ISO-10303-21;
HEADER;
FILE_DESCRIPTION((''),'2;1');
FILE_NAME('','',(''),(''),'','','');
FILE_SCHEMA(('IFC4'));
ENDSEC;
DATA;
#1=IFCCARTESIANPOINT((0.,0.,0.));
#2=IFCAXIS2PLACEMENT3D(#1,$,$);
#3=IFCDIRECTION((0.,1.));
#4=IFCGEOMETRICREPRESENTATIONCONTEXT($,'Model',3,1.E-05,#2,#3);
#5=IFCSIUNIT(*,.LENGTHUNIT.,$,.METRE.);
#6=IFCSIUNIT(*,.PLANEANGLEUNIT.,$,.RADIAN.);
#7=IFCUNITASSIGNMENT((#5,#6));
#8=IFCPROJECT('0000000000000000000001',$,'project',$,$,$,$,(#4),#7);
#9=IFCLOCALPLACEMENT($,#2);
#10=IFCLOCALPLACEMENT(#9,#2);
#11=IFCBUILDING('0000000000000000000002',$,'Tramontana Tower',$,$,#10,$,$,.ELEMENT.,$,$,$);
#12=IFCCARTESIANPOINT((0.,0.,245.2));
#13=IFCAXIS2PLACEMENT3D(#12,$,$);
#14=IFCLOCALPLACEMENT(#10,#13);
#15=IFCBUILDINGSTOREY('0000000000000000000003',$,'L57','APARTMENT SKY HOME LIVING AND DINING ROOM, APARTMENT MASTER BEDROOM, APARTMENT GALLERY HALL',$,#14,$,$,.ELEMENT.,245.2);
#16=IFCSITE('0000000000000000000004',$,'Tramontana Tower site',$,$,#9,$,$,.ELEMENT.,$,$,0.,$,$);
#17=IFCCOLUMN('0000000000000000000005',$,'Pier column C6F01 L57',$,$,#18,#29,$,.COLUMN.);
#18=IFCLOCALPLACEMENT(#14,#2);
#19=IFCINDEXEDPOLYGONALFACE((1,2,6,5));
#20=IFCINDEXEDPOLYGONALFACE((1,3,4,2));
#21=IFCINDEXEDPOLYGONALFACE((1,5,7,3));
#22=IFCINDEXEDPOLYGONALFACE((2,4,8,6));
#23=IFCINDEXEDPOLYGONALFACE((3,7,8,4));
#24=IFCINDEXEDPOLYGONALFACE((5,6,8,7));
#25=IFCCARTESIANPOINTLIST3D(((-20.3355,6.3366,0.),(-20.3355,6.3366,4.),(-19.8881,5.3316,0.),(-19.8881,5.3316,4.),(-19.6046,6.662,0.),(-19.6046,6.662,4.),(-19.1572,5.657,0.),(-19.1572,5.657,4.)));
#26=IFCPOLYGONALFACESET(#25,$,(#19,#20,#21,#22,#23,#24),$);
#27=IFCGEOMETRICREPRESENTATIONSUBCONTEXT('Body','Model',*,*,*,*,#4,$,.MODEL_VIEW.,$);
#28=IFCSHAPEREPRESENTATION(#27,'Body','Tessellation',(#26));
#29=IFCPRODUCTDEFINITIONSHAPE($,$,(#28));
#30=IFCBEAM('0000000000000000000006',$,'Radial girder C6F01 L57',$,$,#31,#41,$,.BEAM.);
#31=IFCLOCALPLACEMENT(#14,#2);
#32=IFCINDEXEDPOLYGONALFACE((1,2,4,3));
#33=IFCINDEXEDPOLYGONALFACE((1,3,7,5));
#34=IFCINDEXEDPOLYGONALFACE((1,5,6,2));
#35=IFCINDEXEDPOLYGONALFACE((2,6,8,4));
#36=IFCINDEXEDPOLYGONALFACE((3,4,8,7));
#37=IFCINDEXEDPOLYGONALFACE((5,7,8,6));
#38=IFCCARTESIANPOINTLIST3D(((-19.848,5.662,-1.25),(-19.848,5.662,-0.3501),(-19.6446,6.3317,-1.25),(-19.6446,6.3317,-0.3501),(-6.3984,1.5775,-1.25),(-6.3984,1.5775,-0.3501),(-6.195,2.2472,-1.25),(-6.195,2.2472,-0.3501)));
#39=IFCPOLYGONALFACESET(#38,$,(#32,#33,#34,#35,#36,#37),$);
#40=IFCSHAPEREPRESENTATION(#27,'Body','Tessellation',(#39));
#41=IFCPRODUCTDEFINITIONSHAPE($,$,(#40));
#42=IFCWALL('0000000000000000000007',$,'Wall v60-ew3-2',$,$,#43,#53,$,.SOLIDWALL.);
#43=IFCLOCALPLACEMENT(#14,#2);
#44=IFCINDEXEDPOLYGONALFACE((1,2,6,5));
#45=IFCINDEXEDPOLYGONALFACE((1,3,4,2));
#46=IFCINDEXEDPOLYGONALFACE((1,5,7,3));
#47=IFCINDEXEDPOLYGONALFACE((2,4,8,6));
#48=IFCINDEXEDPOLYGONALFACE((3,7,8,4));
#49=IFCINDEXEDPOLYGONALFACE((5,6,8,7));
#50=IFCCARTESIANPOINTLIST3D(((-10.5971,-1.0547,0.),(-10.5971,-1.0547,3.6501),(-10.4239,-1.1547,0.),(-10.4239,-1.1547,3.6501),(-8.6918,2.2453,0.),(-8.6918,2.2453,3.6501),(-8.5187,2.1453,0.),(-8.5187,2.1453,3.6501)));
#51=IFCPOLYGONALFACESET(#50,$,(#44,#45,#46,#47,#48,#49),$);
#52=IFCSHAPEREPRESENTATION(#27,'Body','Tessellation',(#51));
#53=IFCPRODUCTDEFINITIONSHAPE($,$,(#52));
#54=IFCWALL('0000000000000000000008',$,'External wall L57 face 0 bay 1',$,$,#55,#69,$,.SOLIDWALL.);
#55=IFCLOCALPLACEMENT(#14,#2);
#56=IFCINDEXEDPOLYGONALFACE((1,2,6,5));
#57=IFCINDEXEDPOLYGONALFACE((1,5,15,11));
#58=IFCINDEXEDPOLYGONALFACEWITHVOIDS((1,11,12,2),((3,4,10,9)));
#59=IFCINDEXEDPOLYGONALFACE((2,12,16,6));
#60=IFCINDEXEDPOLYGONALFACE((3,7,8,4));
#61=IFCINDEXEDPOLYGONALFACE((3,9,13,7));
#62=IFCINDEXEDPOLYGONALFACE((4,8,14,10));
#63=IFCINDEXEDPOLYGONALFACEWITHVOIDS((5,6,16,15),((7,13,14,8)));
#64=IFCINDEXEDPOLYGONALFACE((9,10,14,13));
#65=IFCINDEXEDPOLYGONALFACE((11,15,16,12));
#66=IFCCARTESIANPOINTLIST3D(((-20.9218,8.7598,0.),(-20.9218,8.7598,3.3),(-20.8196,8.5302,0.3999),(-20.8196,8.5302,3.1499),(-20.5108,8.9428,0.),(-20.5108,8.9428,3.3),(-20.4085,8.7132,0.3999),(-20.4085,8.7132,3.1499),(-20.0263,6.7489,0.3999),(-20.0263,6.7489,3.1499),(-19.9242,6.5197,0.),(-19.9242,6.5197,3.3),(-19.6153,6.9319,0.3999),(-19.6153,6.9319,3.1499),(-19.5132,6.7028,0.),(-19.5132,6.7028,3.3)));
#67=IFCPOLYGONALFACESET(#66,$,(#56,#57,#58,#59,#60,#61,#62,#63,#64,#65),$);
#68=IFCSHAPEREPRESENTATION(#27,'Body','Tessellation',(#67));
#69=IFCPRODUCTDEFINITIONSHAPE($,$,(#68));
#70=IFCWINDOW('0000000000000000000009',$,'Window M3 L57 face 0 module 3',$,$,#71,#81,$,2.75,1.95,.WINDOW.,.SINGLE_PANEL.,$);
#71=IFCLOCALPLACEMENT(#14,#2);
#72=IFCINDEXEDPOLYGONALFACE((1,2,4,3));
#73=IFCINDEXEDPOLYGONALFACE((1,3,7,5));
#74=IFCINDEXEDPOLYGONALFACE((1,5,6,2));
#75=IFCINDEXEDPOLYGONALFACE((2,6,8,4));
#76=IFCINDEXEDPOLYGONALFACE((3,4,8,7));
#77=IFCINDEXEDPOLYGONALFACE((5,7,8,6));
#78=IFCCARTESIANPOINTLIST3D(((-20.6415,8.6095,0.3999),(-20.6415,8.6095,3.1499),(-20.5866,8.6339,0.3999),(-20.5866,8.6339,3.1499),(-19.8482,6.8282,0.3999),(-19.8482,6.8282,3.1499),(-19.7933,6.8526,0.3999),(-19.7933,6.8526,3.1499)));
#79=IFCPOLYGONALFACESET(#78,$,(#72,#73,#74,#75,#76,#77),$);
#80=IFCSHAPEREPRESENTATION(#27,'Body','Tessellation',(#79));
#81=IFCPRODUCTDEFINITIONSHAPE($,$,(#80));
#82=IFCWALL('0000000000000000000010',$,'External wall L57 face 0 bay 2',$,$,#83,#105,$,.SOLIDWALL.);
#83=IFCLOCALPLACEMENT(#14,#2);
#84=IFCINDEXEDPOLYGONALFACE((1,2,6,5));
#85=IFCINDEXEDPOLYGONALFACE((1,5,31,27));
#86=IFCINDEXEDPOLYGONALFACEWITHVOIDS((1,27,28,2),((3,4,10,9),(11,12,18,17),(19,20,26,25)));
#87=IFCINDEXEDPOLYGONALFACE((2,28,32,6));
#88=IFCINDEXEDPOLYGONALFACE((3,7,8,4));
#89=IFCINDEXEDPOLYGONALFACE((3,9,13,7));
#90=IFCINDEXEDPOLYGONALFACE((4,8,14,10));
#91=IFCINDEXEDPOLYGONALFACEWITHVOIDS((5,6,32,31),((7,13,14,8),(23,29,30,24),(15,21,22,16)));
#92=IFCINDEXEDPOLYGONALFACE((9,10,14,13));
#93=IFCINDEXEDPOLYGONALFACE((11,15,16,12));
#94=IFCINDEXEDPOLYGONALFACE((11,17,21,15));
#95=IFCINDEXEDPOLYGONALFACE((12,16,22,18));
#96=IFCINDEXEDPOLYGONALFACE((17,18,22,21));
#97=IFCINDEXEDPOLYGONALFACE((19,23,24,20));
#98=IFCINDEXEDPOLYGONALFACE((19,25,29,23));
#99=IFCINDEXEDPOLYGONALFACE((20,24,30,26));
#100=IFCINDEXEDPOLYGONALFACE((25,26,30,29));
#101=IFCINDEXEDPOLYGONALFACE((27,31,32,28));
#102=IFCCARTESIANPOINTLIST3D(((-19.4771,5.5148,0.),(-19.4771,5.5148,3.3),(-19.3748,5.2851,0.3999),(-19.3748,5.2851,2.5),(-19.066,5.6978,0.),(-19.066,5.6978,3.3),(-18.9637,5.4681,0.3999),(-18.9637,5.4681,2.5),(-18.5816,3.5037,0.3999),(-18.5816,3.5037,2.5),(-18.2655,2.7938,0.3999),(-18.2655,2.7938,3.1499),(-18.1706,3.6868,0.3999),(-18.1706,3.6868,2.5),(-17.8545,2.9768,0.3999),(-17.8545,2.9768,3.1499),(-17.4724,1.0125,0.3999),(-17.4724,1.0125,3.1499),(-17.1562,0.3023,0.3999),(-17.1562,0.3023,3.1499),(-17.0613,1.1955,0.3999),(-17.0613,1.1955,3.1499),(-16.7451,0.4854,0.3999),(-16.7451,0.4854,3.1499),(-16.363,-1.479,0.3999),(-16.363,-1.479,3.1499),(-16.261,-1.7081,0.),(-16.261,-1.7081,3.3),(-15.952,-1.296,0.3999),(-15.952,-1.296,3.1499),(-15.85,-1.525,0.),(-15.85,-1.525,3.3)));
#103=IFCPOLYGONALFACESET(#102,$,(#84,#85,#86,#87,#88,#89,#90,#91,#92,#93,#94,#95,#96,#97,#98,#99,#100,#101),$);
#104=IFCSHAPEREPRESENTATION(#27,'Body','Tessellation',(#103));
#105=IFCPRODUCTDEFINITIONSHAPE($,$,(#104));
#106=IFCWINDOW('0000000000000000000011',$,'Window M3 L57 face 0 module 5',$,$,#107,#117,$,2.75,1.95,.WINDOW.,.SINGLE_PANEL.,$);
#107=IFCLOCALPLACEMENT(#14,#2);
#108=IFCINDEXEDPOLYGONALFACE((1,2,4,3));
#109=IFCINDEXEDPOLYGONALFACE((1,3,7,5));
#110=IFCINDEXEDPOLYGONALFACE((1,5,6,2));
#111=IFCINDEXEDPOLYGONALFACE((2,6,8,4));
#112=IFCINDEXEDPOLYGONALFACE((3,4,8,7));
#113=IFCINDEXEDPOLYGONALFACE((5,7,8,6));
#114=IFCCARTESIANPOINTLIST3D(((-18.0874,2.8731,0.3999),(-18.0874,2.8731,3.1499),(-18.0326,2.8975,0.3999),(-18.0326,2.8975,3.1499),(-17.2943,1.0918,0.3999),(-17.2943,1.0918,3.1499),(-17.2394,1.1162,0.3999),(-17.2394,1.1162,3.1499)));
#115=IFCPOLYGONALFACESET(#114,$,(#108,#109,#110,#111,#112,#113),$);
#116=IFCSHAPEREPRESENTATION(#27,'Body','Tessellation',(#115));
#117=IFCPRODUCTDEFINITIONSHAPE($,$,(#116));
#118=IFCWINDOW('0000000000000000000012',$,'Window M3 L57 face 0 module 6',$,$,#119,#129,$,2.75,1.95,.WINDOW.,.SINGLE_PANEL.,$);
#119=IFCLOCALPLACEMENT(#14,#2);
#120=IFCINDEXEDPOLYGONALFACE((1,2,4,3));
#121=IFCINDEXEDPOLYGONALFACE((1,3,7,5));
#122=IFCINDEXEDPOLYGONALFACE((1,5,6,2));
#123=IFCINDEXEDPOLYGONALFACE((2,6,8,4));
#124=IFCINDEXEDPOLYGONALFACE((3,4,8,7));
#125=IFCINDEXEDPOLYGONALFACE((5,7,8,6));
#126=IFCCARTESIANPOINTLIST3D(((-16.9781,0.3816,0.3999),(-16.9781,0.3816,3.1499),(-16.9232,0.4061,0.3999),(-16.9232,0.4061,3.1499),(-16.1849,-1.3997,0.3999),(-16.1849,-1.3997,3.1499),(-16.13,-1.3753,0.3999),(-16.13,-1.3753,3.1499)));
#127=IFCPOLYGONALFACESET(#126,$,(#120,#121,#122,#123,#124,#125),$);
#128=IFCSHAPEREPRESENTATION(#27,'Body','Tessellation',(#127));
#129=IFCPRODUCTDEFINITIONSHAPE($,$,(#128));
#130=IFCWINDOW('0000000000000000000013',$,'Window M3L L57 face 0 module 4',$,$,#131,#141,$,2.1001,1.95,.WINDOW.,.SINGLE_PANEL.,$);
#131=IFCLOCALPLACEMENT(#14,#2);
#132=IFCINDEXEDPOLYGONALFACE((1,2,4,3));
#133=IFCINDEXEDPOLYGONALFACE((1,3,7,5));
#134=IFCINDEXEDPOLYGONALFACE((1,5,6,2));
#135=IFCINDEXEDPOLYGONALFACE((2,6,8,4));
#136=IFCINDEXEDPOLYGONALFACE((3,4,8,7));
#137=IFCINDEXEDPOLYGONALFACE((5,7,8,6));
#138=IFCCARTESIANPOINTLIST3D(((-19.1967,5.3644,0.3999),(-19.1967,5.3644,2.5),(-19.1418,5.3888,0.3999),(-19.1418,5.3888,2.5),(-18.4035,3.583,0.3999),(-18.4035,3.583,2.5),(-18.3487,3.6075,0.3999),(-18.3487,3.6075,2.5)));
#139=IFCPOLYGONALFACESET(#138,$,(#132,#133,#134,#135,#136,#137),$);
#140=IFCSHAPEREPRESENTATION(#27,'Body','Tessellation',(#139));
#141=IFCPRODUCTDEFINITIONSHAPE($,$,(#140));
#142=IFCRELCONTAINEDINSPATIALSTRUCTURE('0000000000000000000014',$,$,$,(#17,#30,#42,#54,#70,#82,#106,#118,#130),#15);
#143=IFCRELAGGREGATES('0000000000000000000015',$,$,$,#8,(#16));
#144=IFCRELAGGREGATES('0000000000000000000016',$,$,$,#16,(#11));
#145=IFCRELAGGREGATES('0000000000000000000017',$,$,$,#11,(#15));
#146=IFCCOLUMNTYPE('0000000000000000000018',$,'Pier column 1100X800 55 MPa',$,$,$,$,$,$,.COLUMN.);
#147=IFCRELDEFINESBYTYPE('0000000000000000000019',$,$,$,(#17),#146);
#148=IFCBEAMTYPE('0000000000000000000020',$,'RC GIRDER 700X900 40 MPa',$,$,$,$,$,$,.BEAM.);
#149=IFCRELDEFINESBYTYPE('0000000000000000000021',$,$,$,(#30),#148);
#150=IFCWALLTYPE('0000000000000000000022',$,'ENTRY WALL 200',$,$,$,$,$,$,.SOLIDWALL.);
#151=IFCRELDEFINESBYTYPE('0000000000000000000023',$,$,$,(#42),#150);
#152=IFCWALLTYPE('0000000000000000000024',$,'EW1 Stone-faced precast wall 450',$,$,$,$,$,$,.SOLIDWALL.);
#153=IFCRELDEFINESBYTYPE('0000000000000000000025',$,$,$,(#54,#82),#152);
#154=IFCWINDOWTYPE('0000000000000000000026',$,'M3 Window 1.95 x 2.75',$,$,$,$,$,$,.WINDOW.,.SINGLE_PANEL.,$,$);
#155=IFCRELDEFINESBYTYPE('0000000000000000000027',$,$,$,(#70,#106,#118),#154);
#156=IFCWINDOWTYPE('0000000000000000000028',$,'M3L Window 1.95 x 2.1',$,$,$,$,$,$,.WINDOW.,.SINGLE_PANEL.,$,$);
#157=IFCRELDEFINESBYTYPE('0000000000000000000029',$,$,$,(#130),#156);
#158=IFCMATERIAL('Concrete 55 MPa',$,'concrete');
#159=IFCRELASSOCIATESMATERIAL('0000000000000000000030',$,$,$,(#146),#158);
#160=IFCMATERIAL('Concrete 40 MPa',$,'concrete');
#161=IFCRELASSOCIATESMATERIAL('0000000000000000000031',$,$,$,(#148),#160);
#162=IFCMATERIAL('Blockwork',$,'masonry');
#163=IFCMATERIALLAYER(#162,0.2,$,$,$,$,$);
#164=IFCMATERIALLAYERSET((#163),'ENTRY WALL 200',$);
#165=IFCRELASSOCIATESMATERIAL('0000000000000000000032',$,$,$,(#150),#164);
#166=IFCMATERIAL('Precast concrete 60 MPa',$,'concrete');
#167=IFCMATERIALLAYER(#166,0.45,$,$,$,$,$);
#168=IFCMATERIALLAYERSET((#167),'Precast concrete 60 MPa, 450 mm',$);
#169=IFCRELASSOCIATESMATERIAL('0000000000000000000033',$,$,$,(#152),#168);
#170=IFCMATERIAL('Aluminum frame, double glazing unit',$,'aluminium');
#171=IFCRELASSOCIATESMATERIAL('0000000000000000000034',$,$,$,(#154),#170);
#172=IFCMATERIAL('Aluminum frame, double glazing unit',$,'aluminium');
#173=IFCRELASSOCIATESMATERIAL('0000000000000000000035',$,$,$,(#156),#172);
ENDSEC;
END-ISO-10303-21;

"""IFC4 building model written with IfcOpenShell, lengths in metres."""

from ifc_helpers import new_model, si_unit, direction, frame, frame_2d, origin, origin_2d, place, context, subcontext, project, spatial, rectangle, extrude, material, layer, layer_set, material_profile, profile_set, type_object, element, fill, save


model = new_model("IFC4")

# Units and contexts
model_context = context("Model", 3, precision=1e-05, world=origin(), true_north=direction((0.0, 1.0)))
body_context = subcontext(model_context, "Body", "Model", "MODEL_VIEW")
ifc_project = project(units=[si_unit("LENGTHUNIT", "METRE"), si_unit("PLANEANGLEUNIT", "RADIAN")], contexts=[model_context])

# Site, building, storey
site_placement = place(None, origin())
site = spatial("IfcSite", under=ifc_project, at=site_placement, Name="Tramontana Tower site", CompositionType="ELEMENT", RefElevation=0.0)
building_placement = place(site_placement, origin())
building = spatial("IfcBuilding", under=site, at=building_placement, Name="Tramontana Tower", CompositionType="ELEMENT")
storey_placement = place(building_placement, frame((0.0, 0.0, 245.2)))
storey = spatial("IfcBuildingStorey", under=building, at=storey_placement, Name="L57", Description="APARTMENT SKY HOME LIVING AND DINING ROOM, APARTMENT MASTER BEDROOM, APARTMENT GALLERY HALL", CompositionType="ELEMENT", Elevation=245.2)

# Column
ifc_material_1 = material(Name="Concrete 55 MPa", Category="concrete")
ifc_material_profile_1 = material_profile(ifc_material_1, rectangle(XDim=1.1001, YDim=0.8, at=origin_2d()), Name="Pier column 1100X800 55 MPa")
ifc_profile_set_1 = profile_set([ifc_material_profile_1], Name="Concrete 55 MPa")
column_type = type_object("IfcColumnType", Name="Pier column 1100X800 55 MPa", PredefinedType="COLUMN", material=ifc_profile_set_1)
column_placement = place(storey_placement, frame((-19.7463, 5.9968, 0.0), z_axis=(0.0, 0.0, 1.0), x_axis=(0.406737, -0.913545, 0.0)))
element("IfcColumn", 1, at=column_placement, inside=storey, type_object=column_type, Name="Pier column C6F01 L57", PredefinedType="COLUMN", context=body_context, shape_type="SweptSolid", body=[
    extrude(rectangle(XDim=1.1001, YDim=0.8, at=origin_2d()), origin(), (0.0, 0.0, 1.0), 4.0),
])

# Beam
ifc_material_2 = material(Name="Concrete 40 MPa", Category="concrete")
ifc_material_profile_2 = material_profile(ifc_material_2, rectangle(XDim=0.7, YDim=0.8999, at=origin_2d()), Name="RC GIRDER 700X900 40 MPa")
ifc_profile_set_2 = profile_set([ifc_material_profile_2], Name="Concrete 40 MPa")
beam_type = type_object("IfcBeamType", Name="RC GIRDER 700X900 40 MPa", PredefinedType="BEAM", material=ifc_profile_set_2)
beam_placement = place(storey_placement, frame((-19.7463, 5.9968, -0.8), z_axis=(0.95685, -0.290581, 0.0), x_axis=(0.290581, 0.95685, 0.0)))
element("IfcBeam", 2, at=beam_placement, inside=storey, type_object=beam_type, Name="Radial girder C6F01 L57", PredefinedType="BEAM", context=body_context, shape_type="SweptSolid", body=[
    extrude(rectangle(XDim=0.7, YDim=0.8999, at=origin_2d()), origin(), (0.0, 0.0, 1.0), 14.0562),
])

# Wall
ifc_material_3 = material(Name="Blockwork", Category="masonry")
ifc_layer_1 = layer(ifc_material_3, 0.2)
ifc_layer_set_1 = layer_set([ifc_layer_1], Name="ENTRY WALL 200")
wall_type_1 = type_object("IfcWallType", Name="ENTRY WALL 200", PredefinedType="SOLIDWALL", material=ifc_layer_set_1)
wall_1_placement = place(storey_placement, frame((-10.5105, -1.1047, 0.0), z_axis=(0.0, 0.0, 1.0), x_axis=(0.499998, 0.866027, 0.0)))
element("IfcWall", 3, at=wall_1_placement, inside=storey, type_object=wall_type_1, Name="Wall v60-ew3-2", PredefinedType="SOLIDWALL", context=body_context, shape_type="SweptSolid", body=[
    extrude(rectangle(XDim=3.8105, YDim=0.2, at=frame_2d((1.9053, 0.0))), origin(), (0.0, 0.0, 1.0), 3.6501),
])

# Wall, opening, window
ifc_material_4 = material(Name="Precast concrete 60 MPa", Category="concrete")
ifc_layer_2 = layer(ifc_material_4, 0.45)
ifc_layer_set_2 = layer_set([ifc_layer_2], Name="Precast concrete 60 MPa, 450 mm")
wall_type_2 = type_object("IfcWallType", Name="EW1 Stone-faced precast wall 450", PredefinedType="SOLIDWALL", material=ifc_layer_set_2)
wall_2_placement = place(storey_placement, frame((-20.7163, 8.8513, 0.0), z_axis=(0.0, 0.0, 1.0), x_axis=(0.406822, -0.913507, 0.0)))
wall_2 = element("IfcWall", 4, at=wall_2_placement, inside=storey, type_object=wall_type_2, Name="External wall L57 face 0 bay 1", PredefinedType="SOLIDWALL", context=body_context, shape_type="SweptSolid", body=[
    extrude(rectangle(XDim=2.4521, YDim=0.45, at=frame_2d((1.2261, 0.0))), origin(), (0.0, 0.0, 1.0), 3.3),
])
opening_1_placement = place(wall_2_placement, frame((0.2512, 0.0, 0.3999)))
opening_1 = element("IfcOpeningElement", 5, at=opening_1_placement, cuts=wall_2, PredefinedType="OPENING", context=body_context, shape_type="SweptSolid", body=[
    extrude(rectangle(XDim=1.95, YDim=2.75, at=frame_2d((0.9751, 1.375))), frame((0.0, 0.2349, 0.0), z_axis=(0.0, -1.0, 0.0), x_axis=(1.0, 0.0, 0.0)), (0.0, 0.0, 1.0), 0.47),
])
ifc_material_5 = material(Name="Aluminum frame, double glazing unit", Category="aluminium")
window_type_1 = type_object("IfcWindowType", Name="M3 Window 1.95 x 2.75", PartitioningType="SINGLE_PANEL", PredefinedType="WINDOW", material=ifc_material_5)
window_1_placement = place(opening_1_placement, origin())
window_1 = element("IfcWindow", 6, at=window_1_placement, inside=storey, type_object=window_type_1, Name="Window M3 L57 face 0 module 3", OverallHeight=2.75, OverallWidth=1.95, PartitioningType="SINGLE_PANEL", PredefinedType="WINDOW", context=body_context, shape_type="SweptSolid", body=[
    extrude(rectangle(XDim=1.95, YDim=2.75, at=frame_2d((0.9751, 1.375))), frame((0.0, 0.03, 0.0), z_axis=(0.0, -1.0, 0.0), x_axis=(1.0, 0.0, 0.0)), (0.0, 0.0, 1.0), 0.0601),
])
fill(opening_1, window_1)

# Wall, openings, windows
wall_3_placement = place(storey_placement, frame((-19.2715, 5.6062, 0.0), z_axis=(0.0, 0.0, 1.0), x_axis=(0.40676, -0.913535, 0.0)))
wall_3 = element("IfcWall", 7, at=wall_3_placement, inside=storey, type_object=wall_type_2, Name="External wall L57 face 0 bay 2", PredefinedType="SOLIDWALL", context=body_context, shape_type="SweptSolid", body=[
    extrude(rectangle(XDim=7.9065, YDim=0.45, at=frame_2d((3.9531, 0.0))), origin(), (0.0, 0.0, 1.0), 3.3),
])
opening_2_placement = place(wall_3_placement, frame((0.2512, 0.0, 0.3999)))
opening_2 = element("IfcOpeningElement", 8, at=opening_2_placement, cuts=wall_3, PredefinedType="OPENING", context=body_context, shape_type="SweptSolid", body=[
    extrude(rectangle(XDim=1.95, YDim=2.1001, at=frame_2d((0.9751, 1.05))), frame((0.0, 0.2349, 0.0), z_axis=(0.0, -1.0, 0.0), x_axis=(1.0, 0.0, 0.0)), (0.0, 0.0, 1.0), 0.47),
])
opening_3_placement = place(wall_3_placement, frame((2.9783, 0.0, 0.3999)))
opening_3 = element("IfcOpeningElement", 9, at=opening_3_placement, cuts=wall_3, PredefinedType="OPENING", context=body_context, shape_type="SweptSolid", body=[
    extrude(rectangle(XDim=1.95, YDim=2.75, at=frame_2d((0.9751, 1.375))), frame((0.0, 0.2349, 0.0), z_axis=(0.0, -1.0, 0.0), x_axis=(1.0, 0.0, 0.0)), (0.0, 0.0, 1.0), 0.47),
])
opening_4_placement = place(wall_3_placement, frame((5.7056, 0.0, 0.3999)))
opening_4 = element("IfcOpeningElement", 10, at=opening_4_placement, cuts=wall_3, PredefinedType="OPENING", context=body_context, shape_type="SweptSolid", body=[
    extrude(rectangle(XDim=1.95, YDim=2.75, at=frame_2d((0.9751, 1.375))), frame((0.0, 0.2349, 0.0), z_axis=(0.0, -1.0, 0.0), x_axis=(1.0, 0.0, 0.0)), (0.0, 0.0, 1.0), 0.47),
])
window_2_placement = place(opening_3_placement, origin())
window_2 = element("IfcWindow", 11, at=window_2_placement, inside=storey, type_object=window_type_1, Name="Window M3 L57 face 0 module 5", OverallHeight=2.75, OverallWidth=1.95, PartitioningType="SINGLE_PANEL", PredefinedType="WINDOW", context=body_context, shape_type="SweptSolid", body=[
    extrude(rectangle(XDim=1.95, YDim=2.75, at=frame_2d((0.9751, 1.375))), frame((0.0, 0.03, 0.0), z_axis=(0.0, -1.0, 0.0), x_axis=(1.0, 0.0, 0.0)), (0.0, 0.0, 1.0), 0.0601),
])
fill(opening_3, window_2)
window_3_placement = place(opening_4_placement, origin())
window_3 = element("IfcWindow", 12, at=window_3_placement, inside=storey, type_object=window_type_1, Name="Window M3 L57 face 0 module 6", OverallHeight=2.75, OverallWidth=1.95, PartitioningType="SINGLE_PANEL", PredefinedType="WINDOW", context=body_context, shape_type="SweptSolid", body=[
    extrude(rectangle(XDim=1.95, YDim=2.75, at=frame_2d((0.9751, 1.375))), frame((0.0, 0.03, 0.0), z_axis=(0.0, -1.0, 0.0), x_axis=(1.0, 0.0, 0.0)), (0.0, 0.0, 1.0), 0.0601),
])
fill(opening_4, window_3)
ifc_material_6 = material(Name="Aluminum frame, double glazing unit", Category="aluminium")
window_type_2 = type_object("IfcWindowType", Name="M3L Window 1.95 x 2.1", PartitioningType="SINGLE_PANEL", PredefinedType="WINDOW", material=ifc_material_6)
window_4_placement = place(opening_2_placement, origin())
window_4 = element("IfcWindow", 13, at=window_4_placement, inside=storey, type_object=window_type_2, Name="Window M3L L57 face 0 module 4", OverallHeight=2.1001, OverallWidth=1.95, PartitioningType="SINGLE_PANEL", PredefinedType="WINDOW", context=body_context, shape_type="SweptSolid", body=[
    extrude(rectangle(XDim=1.95, YDim=2.1001, at=frame_2d((0.9751, 1.05))), frame((0.0, 0.03, 0.0), z_axis=(0.0, -1.0, 0.0), x_axis=(1.0, 0.0, 0.0)), (0.0, 0.0, 1.0), 0.0601),
])
fill(opening_2, window_4)

save(model, "model.ifc")
